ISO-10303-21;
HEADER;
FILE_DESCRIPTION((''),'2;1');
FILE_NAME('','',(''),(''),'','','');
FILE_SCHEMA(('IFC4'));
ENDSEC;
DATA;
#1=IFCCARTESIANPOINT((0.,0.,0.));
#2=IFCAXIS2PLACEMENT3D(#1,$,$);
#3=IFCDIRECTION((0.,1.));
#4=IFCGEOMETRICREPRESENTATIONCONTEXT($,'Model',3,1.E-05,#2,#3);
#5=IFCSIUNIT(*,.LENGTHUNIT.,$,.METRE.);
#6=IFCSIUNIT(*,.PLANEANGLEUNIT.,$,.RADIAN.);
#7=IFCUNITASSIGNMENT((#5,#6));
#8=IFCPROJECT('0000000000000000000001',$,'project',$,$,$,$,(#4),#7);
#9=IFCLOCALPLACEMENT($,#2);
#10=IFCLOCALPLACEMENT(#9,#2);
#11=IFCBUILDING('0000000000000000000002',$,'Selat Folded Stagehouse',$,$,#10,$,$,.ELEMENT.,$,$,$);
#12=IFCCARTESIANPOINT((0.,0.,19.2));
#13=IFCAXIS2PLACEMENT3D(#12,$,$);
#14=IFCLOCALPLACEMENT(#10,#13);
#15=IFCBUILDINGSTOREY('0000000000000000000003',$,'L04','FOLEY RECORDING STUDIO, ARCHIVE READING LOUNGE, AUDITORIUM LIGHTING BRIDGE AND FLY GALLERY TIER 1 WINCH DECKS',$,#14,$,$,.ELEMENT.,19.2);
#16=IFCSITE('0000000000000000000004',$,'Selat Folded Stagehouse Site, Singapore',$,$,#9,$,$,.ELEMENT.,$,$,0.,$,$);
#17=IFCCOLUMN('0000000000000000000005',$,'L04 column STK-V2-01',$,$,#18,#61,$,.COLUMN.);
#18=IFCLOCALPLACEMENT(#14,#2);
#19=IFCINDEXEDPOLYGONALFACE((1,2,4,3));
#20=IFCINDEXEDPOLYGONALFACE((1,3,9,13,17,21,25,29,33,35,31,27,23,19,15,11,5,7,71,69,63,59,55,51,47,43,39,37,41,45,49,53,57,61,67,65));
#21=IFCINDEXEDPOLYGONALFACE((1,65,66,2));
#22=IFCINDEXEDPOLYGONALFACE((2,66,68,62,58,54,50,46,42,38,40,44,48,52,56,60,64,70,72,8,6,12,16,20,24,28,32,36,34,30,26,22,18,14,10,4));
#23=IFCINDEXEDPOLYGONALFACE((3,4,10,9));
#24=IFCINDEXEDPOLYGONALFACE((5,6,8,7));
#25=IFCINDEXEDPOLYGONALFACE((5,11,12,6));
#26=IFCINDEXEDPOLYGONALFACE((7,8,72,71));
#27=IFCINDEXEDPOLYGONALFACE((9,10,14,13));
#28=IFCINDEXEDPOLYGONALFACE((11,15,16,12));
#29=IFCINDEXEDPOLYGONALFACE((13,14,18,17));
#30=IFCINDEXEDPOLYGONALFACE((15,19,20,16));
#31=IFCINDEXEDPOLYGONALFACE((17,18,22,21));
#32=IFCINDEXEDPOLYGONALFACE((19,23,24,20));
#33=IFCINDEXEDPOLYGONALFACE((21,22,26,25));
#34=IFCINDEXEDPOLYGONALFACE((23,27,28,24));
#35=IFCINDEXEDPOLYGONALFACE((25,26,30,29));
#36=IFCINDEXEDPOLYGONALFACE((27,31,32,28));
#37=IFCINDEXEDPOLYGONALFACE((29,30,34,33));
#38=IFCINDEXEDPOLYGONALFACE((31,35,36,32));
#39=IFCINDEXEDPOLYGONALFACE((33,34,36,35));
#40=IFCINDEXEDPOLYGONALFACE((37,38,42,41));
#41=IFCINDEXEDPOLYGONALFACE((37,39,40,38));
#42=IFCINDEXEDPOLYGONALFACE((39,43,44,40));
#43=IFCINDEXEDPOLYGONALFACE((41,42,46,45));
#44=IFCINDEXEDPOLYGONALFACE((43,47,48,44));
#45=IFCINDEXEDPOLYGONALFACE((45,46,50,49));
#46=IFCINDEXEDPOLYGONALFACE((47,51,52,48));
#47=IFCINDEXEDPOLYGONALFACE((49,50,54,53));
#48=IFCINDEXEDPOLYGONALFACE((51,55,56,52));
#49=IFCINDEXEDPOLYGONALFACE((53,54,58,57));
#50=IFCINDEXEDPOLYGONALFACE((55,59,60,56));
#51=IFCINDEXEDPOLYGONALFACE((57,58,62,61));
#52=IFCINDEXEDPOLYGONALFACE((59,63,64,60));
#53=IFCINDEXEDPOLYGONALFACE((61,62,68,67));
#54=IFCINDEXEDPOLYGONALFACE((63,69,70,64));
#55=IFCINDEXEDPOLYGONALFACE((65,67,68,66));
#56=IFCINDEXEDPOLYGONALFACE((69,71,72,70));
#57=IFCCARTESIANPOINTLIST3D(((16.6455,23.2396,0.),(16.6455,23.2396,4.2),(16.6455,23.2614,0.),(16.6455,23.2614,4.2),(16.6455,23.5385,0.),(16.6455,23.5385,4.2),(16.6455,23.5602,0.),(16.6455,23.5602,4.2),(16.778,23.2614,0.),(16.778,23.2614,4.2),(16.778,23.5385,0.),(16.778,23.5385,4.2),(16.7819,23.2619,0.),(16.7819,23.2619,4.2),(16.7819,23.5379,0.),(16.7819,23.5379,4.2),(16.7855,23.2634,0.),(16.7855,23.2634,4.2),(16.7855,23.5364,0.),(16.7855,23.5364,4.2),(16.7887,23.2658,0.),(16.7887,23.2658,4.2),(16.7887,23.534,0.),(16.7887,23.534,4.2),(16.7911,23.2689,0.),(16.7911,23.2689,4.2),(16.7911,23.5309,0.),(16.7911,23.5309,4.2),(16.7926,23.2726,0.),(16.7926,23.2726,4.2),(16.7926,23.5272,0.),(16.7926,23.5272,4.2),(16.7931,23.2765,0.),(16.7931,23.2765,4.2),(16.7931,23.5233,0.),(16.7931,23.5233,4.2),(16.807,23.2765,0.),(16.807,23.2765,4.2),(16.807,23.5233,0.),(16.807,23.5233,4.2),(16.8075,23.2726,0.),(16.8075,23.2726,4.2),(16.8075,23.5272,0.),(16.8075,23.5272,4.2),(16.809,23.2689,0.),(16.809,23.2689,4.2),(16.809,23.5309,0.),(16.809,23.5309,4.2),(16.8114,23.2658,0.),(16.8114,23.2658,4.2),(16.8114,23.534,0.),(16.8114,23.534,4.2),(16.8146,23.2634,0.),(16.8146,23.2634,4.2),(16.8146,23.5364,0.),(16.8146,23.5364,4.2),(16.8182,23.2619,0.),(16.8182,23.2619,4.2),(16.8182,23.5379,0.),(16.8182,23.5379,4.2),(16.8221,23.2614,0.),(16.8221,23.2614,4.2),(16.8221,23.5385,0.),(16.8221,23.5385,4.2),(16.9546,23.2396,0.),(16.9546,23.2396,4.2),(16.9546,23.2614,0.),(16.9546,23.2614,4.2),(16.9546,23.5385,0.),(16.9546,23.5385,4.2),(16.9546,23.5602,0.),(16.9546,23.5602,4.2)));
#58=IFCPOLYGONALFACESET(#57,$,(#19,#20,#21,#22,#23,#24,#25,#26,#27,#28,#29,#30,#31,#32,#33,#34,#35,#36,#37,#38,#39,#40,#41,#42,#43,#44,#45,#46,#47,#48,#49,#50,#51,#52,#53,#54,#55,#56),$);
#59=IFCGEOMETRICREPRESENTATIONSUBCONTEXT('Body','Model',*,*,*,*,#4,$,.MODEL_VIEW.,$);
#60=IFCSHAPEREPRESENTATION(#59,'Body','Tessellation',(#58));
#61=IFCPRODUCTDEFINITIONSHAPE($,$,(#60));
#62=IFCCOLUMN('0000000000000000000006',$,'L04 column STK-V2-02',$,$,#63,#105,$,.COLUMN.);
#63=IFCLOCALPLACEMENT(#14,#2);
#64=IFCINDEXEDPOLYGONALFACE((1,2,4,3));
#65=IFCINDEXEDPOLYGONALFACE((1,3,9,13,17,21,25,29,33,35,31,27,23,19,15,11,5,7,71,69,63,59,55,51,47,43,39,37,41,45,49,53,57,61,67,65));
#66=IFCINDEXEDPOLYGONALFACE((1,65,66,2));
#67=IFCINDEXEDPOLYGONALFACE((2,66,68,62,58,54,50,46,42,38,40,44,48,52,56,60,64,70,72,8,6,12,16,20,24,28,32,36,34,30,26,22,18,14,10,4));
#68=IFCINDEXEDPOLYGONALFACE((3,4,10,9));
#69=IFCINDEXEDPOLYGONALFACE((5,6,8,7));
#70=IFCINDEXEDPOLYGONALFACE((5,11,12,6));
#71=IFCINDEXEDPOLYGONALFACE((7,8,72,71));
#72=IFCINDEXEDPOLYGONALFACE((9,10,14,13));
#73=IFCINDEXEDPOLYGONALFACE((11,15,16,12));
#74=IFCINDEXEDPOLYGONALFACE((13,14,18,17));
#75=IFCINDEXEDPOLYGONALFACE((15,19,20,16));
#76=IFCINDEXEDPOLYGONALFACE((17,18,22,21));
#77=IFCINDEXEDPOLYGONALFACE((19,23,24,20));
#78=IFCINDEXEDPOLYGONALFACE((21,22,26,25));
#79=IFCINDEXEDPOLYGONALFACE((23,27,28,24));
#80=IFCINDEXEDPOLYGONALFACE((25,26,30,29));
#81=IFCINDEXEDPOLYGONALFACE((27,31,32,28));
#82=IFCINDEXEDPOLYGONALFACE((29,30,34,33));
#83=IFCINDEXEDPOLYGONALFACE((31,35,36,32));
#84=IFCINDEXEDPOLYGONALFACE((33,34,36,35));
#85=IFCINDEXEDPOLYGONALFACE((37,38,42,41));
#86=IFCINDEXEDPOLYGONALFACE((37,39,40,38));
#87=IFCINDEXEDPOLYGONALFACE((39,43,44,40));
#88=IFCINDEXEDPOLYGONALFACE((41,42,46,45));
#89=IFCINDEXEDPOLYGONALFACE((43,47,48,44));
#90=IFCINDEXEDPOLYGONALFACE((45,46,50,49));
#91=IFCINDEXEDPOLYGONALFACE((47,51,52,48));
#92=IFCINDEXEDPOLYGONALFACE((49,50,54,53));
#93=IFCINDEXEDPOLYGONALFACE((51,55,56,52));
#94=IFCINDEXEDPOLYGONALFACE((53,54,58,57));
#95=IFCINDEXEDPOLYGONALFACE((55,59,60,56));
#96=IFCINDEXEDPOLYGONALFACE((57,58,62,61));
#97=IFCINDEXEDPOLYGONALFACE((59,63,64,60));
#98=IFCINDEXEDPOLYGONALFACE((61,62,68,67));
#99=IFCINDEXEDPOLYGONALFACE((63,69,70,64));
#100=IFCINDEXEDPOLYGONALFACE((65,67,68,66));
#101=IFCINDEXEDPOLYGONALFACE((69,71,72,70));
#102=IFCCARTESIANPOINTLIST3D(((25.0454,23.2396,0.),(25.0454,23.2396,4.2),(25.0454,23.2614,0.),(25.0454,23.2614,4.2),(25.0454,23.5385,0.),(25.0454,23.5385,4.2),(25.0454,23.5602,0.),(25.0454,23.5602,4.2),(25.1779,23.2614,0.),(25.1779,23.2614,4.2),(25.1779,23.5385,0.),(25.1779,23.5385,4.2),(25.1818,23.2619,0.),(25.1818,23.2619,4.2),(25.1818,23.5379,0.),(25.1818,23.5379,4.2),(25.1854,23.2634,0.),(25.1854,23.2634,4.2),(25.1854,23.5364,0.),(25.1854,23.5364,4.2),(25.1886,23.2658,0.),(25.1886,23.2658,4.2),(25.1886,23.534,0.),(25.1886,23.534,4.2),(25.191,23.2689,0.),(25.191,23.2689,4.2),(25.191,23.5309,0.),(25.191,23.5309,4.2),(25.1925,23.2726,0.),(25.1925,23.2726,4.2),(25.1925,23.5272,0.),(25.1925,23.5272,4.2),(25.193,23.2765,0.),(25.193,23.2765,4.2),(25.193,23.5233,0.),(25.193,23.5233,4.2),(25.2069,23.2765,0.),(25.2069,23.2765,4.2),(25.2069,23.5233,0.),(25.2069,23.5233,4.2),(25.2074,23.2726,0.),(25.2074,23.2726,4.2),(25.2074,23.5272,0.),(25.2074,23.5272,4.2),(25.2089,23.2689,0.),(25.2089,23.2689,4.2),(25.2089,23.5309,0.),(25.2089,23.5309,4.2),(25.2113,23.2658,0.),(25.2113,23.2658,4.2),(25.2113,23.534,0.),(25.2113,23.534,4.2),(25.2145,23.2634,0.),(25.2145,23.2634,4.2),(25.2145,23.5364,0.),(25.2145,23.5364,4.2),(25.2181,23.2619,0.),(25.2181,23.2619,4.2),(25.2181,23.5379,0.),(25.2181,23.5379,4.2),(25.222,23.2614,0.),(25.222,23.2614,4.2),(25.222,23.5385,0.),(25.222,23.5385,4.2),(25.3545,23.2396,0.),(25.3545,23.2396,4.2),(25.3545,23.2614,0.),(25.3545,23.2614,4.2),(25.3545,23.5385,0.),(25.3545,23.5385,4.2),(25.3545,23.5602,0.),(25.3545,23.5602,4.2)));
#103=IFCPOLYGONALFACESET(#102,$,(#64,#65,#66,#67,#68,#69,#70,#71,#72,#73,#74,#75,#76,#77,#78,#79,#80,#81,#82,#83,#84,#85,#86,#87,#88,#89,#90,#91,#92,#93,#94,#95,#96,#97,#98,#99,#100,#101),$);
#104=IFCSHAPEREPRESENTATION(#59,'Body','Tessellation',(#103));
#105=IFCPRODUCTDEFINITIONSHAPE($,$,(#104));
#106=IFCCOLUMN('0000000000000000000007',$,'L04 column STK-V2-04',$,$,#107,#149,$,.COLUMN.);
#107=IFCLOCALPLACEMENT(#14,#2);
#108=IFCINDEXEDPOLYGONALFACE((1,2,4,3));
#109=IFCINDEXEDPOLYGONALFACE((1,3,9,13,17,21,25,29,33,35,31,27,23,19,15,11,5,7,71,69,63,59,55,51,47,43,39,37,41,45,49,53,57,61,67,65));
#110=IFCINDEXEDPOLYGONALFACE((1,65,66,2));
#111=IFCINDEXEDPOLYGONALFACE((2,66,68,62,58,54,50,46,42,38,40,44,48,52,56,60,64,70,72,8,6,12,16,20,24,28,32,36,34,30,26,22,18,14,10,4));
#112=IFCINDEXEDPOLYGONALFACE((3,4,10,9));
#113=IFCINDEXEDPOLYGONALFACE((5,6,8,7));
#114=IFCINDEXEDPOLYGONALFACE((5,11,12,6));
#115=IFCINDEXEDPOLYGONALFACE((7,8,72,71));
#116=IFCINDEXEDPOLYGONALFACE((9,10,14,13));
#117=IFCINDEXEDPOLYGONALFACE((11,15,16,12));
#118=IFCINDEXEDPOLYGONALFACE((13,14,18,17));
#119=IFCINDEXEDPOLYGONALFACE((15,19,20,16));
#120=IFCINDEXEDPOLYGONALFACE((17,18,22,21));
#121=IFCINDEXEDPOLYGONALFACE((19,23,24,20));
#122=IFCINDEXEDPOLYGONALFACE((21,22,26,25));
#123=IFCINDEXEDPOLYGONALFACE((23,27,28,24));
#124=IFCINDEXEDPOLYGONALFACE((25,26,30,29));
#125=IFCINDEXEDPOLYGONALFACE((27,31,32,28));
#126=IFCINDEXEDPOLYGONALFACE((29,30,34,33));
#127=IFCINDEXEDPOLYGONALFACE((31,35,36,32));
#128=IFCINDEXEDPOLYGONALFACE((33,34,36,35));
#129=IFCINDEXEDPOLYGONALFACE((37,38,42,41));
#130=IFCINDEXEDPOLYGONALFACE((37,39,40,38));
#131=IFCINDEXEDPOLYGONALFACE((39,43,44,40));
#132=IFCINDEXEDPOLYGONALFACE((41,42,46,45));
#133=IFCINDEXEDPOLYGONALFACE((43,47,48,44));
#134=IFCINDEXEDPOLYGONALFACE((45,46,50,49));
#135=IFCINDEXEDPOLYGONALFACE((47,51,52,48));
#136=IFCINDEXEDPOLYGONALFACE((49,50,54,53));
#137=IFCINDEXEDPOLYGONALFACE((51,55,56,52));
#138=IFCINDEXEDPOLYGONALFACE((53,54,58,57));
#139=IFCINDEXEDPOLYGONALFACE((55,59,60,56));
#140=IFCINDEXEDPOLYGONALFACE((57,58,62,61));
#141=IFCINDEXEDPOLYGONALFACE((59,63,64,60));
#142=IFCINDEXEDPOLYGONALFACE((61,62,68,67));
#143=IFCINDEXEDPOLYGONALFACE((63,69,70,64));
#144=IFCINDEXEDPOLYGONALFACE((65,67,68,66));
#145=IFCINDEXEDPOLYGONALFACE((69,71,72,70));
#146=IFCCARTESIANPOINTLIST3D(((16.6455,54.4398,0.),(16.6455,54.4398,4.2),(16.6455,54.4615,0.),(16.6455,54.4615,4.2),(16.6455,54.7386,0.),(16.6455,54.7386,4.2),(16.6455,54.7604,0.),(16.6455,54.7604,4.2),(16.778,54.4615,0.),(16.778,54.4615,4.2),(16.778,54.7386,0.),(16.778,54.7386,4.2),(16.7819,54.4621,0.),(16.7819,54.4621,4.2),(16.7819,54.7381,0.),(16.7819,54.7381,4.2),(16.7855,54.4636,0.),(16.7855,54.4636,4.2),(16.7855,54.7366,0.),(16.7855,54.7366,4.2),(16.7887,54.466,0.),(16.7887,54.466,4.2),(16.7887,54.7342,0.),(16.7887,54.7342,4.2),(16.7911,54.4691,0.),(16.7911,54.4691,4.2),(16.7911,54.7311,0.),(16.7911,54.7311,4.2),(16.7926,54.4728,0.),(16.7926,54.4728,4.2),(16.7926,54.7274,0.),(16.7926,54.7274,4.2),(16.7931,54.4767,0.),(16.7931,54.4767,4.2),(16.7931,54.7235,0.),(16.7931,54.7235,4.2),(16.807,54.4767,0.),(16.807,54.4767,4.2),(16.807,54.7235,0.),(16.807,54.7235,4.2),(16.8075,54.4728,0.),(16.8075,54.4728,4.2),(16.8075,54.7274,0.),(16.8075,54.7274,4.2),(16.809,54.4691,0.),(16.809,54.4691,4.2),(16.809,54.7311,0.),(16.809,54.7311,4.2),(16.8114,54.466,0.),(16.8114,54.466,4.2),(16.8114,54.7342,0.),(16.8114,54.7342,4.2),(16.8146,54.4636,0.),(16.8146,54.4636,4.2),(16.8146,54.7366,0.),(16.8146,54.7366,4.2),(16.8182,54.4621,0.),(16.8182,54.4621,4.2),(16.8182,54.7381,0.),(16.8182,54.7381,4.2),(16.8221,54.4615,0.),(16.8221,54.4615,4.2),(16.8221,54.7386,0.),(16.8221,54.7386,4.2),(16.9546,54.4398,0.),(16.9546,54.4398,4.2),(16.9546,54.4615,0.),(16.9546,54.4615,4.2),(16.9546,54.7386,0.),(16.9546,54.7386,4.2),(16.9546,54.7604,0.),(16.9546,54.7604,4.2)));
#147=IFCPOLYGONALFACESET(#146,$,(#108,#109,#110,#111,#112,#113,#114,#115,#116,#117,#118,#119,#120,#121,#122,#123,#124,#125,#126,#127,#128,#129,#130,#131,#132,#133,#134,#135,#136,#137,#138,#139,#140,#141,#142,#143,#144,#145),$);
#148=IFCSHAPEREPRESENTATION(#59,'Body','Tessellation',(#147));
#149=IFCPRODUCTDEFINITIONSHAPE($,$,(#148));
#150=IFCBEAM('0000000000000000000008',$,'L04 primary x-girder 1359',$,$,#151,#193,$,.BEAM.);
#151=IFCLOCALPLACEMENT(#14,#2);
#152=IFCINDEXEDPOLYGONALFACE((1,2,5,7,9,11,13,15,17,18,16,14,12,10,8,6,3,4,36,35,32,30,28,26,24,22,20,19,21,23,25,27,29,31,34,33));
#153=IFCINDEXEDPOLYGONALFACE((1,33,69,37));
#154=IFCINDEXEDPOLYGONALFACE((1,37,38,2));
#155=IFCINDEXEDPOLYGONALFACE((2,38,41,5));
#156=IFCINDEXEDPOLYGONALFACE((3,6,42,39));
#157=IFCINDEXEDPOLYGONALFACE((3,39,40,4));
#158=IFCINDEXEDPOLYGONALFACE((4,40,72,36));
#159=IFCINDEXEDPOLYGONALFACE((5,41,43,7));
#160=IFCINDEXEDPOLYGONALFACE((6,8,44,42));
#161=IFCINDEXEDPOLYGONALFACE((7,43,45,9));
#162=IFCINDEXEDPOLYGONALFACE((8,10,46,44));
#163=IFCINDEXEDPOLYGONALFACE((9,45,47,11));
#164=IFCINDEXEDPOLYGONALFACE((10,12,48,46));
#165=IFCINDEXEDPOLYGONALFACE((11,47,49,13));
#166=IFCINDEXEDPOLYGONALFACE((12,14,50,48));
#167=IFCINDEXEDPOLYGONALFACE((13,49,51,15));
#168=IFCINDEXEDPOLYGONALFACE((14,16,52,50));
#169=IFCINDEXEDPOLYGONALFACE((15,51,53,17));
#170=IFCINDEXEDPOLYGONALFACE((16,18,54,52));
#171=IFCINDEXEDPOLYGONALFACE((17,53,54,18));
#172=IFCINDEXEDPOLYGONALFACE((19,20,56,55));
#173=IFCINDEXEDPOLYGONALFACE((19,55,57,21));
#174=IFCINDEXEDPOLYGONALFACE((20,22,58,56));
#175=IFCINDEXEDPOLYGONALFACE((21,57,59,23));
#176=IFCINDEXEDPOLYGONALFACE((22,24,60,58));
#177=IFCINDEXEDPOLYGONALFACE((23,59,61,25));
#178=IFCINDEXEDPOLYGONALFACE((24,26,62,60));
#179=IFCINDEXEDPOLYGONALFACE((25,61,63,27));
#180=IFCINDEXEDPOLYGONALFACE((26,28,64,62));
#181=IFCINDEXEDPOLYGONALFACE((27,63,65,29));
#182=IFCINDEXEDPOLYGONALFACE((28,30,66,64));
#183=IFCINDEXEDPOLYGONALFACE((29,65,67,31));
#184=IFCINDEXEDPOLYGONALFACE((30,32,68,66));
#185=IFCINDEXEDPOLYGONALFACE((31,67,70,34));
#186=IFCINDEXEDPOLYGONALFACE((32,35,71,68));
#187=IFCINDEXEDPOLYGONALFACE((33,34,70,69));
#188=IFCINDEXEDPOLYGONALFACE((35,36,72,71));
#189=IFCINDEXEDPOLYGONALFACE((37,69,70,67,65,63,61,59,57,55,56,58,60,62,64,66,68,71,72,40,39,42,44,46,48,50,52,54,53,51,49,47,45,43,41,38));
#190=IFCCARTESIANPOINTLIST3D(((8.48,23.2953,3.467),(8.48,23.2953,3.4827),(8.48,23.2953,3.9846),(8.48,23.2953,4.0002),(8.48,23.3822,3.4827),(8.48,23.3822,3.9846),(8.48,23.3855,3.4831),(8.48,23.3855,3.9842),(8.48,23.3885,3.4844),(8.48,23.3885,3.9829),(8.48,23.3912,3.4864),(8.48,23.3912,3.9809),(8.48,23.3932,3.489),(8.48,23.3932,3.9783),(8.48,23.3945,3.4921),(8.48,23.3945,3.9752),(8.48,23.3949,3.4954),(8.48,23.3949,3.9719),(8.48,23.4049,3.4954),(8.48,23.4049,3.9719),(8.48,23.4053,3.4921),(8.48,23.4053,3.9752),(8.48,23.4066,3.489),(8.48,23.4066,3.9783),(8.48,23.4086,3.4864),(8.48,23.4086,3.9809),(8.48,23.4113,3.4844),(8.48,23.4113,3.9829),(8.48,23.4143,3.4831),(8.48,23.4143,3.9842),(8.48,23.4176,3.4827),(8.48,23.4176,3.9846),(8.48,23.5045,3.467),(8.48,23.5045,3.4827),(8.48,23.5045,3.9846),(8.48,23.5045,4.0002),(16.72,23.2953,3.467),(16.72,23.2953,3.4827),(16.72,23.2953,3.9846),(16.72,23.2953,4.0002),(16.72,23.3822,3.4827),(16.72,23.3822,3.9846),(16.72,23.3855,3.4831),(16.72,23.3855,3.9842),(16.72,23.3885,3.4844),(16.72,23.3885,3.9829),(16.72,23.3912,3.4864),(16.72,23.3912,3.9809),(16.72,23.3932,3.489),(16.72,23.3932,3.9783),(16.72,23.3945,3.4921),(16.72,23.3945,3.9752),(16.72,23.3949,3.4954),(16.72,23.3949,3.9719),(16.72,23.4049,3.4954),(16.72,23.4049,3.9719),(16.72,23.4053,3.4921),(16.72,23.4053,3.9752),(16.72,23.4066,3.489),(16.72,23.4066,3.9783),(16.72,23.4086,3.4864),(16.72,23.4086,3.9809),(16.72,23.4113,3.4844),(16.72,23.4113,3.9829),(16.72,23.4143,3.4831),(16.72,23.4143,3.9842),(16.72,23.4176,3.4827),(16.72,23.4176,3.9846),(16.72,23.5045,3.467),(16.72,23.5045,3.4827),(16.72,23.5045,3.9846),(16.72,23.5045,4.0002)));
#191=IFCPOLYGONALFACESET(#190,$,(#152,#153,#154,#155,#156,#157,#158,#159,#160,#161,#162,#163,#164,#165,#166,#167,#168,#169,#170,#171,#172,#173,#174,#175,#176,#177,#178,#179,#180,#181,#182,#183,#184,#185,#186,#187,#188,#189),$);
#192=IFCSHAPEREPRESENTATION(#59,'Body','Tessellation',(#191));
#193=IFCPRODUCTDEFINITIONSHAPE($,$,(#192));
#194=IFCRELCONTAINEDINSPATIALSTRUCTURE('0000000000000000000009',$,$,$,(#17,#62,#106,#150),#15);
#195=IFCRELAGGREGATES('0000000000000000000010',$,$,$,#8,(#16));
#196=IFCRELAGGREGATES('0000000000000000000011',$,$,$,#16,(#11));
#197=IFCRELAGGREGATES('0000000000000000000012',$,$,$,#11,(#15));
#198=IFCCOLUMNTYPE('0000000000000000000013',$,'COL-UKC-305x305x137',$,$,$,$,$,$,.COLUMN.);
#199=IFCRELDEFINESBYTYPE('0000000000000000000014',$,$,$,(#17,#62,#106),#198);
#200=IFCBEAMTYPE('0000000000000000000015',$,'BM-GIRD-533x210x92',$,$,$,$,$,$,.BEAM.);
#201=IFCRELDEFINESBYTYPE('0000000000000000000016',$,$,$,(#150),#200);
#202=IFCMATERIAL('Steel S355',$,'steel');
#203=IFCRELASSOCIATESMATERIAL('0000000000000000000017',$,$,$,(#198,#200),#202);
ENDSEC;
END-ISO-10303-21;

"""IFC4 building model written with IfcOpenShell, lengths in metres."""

from ifc_helpers import new_model, si_unit, direction, frame, origin, origin_2d, place, context, subcontext, project, spatial, i_section, extrude, material, material_profile, profile_set, type_object, element, save


model = new_model("IFC4")

# Units and contexts
model_context = context("Model", 3, precision=1e-05, world=origin(), true_north=direction((0.0, 1.0)))
body_context = subcontext(model_context, "Body", "Model", "MODEL_VIEW")
ifc_project = project(units=[si_unit("LENGTHUNIT", "METRE"), si_unit("PLANEANGLEUNIT", "RADIAN")], contexts=[model_context])

# Site, building, storey
site_placement = place(None, origin())
site = spatial("IfcSite", under=ifc_project, at=site_placement, Name="Selat Folded Stagehouse Site, Singapore", CompositionType="ELEMENT", RefElevation=0.0)
building_placement = place(site_placement, origin())
building = spatial("IfcBuilding", under=site, at=building_placement, Name="Selat Folded Stagehouse", CompositionType="ELEMENT")
storey_placement = place(building_placement, frame((0.0, 0.0, 19.2)))
storey = spatial("IfcBuildingStorey", under=building, at=storey_placement, Name="L04", Description="FOLEY RECORDING STUDIO, ARCHIVE READING LOUNGE, AUDITORIUM LIGHTING BRIDGE AND FLY GALLERY TIER 1 WINCH DECKS", CompositionType="ELEMENT", Elevation=19.2)

# Columns
ifc_material_1 = material(Name="Steel S355", Category="steel")
ifc_material_profile_1 = material_profile(ifc_material_1, i_section(OverallWidth=0.3091, OverallDepth=0.3206, WebThickness=0.0139, FlangeThickness=0.0217, FilletRadius=0.0151, at=origin_2d()), Name="UKC 305x305x137")
ifc_profile_set_1 = profile_set([ifc_material_profile_1], Name="Steel S355")
column_type = type_object("IfcColumnType", Name="COL-UKC-305x305x137", PredefinedType="COLUMN", material=ifc_profile_set_1)
for number, where, z_axis, x_axis, name in (
    (1, (16.8, 23.3999, 0.0), (0.0, 0.0, 1.0), (1.0, 0.0, 0.0), "L04 column STK-V2-01"),
    (2, (25.2, 23.3999, 0.0), (0.0, 0.0, 1.0), (1.0, 0.0, 0.0), "L04 column STK-V2-02"),
    (3, (16.8, 54.6001, 0.0), (0.0, 0.0, 1.0), (1.0, 0.0, 0.0), "L04 column STK-V2-04"),
):
    element("IfcColumn", number, at=place(storey_placement, frame(where, z_axis=z_axis, x_axis=x_axis)), inside=storey, type_object=column_type, Name=name, PredefinedType="COLUMN", context=body_context, shape_type="SweptSolid", body=[
        extrude(i_section(OverallWidth=0.3091, OverallDepth=0.3206, WebThickness=0.0139, FlangeThickness=0.0217, FilletRadius=0.0151, at=origin_2d()), origin(), (0.0, 0.0, 1.0), 4.2),
    ])

# Beam
ifc_material_profile_2 = material_profile(ifc_material_1, i_section(OverallWidth=0.2092, OverallDepth=0.5332, WebThickness=0.01, FlangeThickness=0.0156, FilletRadius=0.0127, at=origin_2d()), Name="UKB 533x210x92")
ifc_profile_set_2 = profile_set([ifc_material_profile_2], Name="Steel S355")
beam_type = type_object("IfcBeamType", Name="BM-GIRD-533x210x92", PredefinedType="BEAM", material=ifc_profile_set_2)
beam_1_placement = place(storey_placement, frame((8.48, 23.3999, 3.7336), z_axis=(1.0, 0.0, 0.0), x_axis=(0.0, 1.0, 0.0)))
element("IfcBeam", 4, at=beam_1_placement, inside=storey, type_object=beam_type, Name="L04 primary x-girder 1359", PredefinedType="BEAM", context=body_context, shape_type="SweptSolid", body=[
    extrude(i_section(OverallWidth=0.2092, OverallDepth=0.5332, WebThickness=0.01, FlangeThickness=0.0156, FilletRadius=0.0127, at=origin_2d()), origin(), (0.0, 0.0, 1.0), 8.24),
])

save(model, "model.ifc")
